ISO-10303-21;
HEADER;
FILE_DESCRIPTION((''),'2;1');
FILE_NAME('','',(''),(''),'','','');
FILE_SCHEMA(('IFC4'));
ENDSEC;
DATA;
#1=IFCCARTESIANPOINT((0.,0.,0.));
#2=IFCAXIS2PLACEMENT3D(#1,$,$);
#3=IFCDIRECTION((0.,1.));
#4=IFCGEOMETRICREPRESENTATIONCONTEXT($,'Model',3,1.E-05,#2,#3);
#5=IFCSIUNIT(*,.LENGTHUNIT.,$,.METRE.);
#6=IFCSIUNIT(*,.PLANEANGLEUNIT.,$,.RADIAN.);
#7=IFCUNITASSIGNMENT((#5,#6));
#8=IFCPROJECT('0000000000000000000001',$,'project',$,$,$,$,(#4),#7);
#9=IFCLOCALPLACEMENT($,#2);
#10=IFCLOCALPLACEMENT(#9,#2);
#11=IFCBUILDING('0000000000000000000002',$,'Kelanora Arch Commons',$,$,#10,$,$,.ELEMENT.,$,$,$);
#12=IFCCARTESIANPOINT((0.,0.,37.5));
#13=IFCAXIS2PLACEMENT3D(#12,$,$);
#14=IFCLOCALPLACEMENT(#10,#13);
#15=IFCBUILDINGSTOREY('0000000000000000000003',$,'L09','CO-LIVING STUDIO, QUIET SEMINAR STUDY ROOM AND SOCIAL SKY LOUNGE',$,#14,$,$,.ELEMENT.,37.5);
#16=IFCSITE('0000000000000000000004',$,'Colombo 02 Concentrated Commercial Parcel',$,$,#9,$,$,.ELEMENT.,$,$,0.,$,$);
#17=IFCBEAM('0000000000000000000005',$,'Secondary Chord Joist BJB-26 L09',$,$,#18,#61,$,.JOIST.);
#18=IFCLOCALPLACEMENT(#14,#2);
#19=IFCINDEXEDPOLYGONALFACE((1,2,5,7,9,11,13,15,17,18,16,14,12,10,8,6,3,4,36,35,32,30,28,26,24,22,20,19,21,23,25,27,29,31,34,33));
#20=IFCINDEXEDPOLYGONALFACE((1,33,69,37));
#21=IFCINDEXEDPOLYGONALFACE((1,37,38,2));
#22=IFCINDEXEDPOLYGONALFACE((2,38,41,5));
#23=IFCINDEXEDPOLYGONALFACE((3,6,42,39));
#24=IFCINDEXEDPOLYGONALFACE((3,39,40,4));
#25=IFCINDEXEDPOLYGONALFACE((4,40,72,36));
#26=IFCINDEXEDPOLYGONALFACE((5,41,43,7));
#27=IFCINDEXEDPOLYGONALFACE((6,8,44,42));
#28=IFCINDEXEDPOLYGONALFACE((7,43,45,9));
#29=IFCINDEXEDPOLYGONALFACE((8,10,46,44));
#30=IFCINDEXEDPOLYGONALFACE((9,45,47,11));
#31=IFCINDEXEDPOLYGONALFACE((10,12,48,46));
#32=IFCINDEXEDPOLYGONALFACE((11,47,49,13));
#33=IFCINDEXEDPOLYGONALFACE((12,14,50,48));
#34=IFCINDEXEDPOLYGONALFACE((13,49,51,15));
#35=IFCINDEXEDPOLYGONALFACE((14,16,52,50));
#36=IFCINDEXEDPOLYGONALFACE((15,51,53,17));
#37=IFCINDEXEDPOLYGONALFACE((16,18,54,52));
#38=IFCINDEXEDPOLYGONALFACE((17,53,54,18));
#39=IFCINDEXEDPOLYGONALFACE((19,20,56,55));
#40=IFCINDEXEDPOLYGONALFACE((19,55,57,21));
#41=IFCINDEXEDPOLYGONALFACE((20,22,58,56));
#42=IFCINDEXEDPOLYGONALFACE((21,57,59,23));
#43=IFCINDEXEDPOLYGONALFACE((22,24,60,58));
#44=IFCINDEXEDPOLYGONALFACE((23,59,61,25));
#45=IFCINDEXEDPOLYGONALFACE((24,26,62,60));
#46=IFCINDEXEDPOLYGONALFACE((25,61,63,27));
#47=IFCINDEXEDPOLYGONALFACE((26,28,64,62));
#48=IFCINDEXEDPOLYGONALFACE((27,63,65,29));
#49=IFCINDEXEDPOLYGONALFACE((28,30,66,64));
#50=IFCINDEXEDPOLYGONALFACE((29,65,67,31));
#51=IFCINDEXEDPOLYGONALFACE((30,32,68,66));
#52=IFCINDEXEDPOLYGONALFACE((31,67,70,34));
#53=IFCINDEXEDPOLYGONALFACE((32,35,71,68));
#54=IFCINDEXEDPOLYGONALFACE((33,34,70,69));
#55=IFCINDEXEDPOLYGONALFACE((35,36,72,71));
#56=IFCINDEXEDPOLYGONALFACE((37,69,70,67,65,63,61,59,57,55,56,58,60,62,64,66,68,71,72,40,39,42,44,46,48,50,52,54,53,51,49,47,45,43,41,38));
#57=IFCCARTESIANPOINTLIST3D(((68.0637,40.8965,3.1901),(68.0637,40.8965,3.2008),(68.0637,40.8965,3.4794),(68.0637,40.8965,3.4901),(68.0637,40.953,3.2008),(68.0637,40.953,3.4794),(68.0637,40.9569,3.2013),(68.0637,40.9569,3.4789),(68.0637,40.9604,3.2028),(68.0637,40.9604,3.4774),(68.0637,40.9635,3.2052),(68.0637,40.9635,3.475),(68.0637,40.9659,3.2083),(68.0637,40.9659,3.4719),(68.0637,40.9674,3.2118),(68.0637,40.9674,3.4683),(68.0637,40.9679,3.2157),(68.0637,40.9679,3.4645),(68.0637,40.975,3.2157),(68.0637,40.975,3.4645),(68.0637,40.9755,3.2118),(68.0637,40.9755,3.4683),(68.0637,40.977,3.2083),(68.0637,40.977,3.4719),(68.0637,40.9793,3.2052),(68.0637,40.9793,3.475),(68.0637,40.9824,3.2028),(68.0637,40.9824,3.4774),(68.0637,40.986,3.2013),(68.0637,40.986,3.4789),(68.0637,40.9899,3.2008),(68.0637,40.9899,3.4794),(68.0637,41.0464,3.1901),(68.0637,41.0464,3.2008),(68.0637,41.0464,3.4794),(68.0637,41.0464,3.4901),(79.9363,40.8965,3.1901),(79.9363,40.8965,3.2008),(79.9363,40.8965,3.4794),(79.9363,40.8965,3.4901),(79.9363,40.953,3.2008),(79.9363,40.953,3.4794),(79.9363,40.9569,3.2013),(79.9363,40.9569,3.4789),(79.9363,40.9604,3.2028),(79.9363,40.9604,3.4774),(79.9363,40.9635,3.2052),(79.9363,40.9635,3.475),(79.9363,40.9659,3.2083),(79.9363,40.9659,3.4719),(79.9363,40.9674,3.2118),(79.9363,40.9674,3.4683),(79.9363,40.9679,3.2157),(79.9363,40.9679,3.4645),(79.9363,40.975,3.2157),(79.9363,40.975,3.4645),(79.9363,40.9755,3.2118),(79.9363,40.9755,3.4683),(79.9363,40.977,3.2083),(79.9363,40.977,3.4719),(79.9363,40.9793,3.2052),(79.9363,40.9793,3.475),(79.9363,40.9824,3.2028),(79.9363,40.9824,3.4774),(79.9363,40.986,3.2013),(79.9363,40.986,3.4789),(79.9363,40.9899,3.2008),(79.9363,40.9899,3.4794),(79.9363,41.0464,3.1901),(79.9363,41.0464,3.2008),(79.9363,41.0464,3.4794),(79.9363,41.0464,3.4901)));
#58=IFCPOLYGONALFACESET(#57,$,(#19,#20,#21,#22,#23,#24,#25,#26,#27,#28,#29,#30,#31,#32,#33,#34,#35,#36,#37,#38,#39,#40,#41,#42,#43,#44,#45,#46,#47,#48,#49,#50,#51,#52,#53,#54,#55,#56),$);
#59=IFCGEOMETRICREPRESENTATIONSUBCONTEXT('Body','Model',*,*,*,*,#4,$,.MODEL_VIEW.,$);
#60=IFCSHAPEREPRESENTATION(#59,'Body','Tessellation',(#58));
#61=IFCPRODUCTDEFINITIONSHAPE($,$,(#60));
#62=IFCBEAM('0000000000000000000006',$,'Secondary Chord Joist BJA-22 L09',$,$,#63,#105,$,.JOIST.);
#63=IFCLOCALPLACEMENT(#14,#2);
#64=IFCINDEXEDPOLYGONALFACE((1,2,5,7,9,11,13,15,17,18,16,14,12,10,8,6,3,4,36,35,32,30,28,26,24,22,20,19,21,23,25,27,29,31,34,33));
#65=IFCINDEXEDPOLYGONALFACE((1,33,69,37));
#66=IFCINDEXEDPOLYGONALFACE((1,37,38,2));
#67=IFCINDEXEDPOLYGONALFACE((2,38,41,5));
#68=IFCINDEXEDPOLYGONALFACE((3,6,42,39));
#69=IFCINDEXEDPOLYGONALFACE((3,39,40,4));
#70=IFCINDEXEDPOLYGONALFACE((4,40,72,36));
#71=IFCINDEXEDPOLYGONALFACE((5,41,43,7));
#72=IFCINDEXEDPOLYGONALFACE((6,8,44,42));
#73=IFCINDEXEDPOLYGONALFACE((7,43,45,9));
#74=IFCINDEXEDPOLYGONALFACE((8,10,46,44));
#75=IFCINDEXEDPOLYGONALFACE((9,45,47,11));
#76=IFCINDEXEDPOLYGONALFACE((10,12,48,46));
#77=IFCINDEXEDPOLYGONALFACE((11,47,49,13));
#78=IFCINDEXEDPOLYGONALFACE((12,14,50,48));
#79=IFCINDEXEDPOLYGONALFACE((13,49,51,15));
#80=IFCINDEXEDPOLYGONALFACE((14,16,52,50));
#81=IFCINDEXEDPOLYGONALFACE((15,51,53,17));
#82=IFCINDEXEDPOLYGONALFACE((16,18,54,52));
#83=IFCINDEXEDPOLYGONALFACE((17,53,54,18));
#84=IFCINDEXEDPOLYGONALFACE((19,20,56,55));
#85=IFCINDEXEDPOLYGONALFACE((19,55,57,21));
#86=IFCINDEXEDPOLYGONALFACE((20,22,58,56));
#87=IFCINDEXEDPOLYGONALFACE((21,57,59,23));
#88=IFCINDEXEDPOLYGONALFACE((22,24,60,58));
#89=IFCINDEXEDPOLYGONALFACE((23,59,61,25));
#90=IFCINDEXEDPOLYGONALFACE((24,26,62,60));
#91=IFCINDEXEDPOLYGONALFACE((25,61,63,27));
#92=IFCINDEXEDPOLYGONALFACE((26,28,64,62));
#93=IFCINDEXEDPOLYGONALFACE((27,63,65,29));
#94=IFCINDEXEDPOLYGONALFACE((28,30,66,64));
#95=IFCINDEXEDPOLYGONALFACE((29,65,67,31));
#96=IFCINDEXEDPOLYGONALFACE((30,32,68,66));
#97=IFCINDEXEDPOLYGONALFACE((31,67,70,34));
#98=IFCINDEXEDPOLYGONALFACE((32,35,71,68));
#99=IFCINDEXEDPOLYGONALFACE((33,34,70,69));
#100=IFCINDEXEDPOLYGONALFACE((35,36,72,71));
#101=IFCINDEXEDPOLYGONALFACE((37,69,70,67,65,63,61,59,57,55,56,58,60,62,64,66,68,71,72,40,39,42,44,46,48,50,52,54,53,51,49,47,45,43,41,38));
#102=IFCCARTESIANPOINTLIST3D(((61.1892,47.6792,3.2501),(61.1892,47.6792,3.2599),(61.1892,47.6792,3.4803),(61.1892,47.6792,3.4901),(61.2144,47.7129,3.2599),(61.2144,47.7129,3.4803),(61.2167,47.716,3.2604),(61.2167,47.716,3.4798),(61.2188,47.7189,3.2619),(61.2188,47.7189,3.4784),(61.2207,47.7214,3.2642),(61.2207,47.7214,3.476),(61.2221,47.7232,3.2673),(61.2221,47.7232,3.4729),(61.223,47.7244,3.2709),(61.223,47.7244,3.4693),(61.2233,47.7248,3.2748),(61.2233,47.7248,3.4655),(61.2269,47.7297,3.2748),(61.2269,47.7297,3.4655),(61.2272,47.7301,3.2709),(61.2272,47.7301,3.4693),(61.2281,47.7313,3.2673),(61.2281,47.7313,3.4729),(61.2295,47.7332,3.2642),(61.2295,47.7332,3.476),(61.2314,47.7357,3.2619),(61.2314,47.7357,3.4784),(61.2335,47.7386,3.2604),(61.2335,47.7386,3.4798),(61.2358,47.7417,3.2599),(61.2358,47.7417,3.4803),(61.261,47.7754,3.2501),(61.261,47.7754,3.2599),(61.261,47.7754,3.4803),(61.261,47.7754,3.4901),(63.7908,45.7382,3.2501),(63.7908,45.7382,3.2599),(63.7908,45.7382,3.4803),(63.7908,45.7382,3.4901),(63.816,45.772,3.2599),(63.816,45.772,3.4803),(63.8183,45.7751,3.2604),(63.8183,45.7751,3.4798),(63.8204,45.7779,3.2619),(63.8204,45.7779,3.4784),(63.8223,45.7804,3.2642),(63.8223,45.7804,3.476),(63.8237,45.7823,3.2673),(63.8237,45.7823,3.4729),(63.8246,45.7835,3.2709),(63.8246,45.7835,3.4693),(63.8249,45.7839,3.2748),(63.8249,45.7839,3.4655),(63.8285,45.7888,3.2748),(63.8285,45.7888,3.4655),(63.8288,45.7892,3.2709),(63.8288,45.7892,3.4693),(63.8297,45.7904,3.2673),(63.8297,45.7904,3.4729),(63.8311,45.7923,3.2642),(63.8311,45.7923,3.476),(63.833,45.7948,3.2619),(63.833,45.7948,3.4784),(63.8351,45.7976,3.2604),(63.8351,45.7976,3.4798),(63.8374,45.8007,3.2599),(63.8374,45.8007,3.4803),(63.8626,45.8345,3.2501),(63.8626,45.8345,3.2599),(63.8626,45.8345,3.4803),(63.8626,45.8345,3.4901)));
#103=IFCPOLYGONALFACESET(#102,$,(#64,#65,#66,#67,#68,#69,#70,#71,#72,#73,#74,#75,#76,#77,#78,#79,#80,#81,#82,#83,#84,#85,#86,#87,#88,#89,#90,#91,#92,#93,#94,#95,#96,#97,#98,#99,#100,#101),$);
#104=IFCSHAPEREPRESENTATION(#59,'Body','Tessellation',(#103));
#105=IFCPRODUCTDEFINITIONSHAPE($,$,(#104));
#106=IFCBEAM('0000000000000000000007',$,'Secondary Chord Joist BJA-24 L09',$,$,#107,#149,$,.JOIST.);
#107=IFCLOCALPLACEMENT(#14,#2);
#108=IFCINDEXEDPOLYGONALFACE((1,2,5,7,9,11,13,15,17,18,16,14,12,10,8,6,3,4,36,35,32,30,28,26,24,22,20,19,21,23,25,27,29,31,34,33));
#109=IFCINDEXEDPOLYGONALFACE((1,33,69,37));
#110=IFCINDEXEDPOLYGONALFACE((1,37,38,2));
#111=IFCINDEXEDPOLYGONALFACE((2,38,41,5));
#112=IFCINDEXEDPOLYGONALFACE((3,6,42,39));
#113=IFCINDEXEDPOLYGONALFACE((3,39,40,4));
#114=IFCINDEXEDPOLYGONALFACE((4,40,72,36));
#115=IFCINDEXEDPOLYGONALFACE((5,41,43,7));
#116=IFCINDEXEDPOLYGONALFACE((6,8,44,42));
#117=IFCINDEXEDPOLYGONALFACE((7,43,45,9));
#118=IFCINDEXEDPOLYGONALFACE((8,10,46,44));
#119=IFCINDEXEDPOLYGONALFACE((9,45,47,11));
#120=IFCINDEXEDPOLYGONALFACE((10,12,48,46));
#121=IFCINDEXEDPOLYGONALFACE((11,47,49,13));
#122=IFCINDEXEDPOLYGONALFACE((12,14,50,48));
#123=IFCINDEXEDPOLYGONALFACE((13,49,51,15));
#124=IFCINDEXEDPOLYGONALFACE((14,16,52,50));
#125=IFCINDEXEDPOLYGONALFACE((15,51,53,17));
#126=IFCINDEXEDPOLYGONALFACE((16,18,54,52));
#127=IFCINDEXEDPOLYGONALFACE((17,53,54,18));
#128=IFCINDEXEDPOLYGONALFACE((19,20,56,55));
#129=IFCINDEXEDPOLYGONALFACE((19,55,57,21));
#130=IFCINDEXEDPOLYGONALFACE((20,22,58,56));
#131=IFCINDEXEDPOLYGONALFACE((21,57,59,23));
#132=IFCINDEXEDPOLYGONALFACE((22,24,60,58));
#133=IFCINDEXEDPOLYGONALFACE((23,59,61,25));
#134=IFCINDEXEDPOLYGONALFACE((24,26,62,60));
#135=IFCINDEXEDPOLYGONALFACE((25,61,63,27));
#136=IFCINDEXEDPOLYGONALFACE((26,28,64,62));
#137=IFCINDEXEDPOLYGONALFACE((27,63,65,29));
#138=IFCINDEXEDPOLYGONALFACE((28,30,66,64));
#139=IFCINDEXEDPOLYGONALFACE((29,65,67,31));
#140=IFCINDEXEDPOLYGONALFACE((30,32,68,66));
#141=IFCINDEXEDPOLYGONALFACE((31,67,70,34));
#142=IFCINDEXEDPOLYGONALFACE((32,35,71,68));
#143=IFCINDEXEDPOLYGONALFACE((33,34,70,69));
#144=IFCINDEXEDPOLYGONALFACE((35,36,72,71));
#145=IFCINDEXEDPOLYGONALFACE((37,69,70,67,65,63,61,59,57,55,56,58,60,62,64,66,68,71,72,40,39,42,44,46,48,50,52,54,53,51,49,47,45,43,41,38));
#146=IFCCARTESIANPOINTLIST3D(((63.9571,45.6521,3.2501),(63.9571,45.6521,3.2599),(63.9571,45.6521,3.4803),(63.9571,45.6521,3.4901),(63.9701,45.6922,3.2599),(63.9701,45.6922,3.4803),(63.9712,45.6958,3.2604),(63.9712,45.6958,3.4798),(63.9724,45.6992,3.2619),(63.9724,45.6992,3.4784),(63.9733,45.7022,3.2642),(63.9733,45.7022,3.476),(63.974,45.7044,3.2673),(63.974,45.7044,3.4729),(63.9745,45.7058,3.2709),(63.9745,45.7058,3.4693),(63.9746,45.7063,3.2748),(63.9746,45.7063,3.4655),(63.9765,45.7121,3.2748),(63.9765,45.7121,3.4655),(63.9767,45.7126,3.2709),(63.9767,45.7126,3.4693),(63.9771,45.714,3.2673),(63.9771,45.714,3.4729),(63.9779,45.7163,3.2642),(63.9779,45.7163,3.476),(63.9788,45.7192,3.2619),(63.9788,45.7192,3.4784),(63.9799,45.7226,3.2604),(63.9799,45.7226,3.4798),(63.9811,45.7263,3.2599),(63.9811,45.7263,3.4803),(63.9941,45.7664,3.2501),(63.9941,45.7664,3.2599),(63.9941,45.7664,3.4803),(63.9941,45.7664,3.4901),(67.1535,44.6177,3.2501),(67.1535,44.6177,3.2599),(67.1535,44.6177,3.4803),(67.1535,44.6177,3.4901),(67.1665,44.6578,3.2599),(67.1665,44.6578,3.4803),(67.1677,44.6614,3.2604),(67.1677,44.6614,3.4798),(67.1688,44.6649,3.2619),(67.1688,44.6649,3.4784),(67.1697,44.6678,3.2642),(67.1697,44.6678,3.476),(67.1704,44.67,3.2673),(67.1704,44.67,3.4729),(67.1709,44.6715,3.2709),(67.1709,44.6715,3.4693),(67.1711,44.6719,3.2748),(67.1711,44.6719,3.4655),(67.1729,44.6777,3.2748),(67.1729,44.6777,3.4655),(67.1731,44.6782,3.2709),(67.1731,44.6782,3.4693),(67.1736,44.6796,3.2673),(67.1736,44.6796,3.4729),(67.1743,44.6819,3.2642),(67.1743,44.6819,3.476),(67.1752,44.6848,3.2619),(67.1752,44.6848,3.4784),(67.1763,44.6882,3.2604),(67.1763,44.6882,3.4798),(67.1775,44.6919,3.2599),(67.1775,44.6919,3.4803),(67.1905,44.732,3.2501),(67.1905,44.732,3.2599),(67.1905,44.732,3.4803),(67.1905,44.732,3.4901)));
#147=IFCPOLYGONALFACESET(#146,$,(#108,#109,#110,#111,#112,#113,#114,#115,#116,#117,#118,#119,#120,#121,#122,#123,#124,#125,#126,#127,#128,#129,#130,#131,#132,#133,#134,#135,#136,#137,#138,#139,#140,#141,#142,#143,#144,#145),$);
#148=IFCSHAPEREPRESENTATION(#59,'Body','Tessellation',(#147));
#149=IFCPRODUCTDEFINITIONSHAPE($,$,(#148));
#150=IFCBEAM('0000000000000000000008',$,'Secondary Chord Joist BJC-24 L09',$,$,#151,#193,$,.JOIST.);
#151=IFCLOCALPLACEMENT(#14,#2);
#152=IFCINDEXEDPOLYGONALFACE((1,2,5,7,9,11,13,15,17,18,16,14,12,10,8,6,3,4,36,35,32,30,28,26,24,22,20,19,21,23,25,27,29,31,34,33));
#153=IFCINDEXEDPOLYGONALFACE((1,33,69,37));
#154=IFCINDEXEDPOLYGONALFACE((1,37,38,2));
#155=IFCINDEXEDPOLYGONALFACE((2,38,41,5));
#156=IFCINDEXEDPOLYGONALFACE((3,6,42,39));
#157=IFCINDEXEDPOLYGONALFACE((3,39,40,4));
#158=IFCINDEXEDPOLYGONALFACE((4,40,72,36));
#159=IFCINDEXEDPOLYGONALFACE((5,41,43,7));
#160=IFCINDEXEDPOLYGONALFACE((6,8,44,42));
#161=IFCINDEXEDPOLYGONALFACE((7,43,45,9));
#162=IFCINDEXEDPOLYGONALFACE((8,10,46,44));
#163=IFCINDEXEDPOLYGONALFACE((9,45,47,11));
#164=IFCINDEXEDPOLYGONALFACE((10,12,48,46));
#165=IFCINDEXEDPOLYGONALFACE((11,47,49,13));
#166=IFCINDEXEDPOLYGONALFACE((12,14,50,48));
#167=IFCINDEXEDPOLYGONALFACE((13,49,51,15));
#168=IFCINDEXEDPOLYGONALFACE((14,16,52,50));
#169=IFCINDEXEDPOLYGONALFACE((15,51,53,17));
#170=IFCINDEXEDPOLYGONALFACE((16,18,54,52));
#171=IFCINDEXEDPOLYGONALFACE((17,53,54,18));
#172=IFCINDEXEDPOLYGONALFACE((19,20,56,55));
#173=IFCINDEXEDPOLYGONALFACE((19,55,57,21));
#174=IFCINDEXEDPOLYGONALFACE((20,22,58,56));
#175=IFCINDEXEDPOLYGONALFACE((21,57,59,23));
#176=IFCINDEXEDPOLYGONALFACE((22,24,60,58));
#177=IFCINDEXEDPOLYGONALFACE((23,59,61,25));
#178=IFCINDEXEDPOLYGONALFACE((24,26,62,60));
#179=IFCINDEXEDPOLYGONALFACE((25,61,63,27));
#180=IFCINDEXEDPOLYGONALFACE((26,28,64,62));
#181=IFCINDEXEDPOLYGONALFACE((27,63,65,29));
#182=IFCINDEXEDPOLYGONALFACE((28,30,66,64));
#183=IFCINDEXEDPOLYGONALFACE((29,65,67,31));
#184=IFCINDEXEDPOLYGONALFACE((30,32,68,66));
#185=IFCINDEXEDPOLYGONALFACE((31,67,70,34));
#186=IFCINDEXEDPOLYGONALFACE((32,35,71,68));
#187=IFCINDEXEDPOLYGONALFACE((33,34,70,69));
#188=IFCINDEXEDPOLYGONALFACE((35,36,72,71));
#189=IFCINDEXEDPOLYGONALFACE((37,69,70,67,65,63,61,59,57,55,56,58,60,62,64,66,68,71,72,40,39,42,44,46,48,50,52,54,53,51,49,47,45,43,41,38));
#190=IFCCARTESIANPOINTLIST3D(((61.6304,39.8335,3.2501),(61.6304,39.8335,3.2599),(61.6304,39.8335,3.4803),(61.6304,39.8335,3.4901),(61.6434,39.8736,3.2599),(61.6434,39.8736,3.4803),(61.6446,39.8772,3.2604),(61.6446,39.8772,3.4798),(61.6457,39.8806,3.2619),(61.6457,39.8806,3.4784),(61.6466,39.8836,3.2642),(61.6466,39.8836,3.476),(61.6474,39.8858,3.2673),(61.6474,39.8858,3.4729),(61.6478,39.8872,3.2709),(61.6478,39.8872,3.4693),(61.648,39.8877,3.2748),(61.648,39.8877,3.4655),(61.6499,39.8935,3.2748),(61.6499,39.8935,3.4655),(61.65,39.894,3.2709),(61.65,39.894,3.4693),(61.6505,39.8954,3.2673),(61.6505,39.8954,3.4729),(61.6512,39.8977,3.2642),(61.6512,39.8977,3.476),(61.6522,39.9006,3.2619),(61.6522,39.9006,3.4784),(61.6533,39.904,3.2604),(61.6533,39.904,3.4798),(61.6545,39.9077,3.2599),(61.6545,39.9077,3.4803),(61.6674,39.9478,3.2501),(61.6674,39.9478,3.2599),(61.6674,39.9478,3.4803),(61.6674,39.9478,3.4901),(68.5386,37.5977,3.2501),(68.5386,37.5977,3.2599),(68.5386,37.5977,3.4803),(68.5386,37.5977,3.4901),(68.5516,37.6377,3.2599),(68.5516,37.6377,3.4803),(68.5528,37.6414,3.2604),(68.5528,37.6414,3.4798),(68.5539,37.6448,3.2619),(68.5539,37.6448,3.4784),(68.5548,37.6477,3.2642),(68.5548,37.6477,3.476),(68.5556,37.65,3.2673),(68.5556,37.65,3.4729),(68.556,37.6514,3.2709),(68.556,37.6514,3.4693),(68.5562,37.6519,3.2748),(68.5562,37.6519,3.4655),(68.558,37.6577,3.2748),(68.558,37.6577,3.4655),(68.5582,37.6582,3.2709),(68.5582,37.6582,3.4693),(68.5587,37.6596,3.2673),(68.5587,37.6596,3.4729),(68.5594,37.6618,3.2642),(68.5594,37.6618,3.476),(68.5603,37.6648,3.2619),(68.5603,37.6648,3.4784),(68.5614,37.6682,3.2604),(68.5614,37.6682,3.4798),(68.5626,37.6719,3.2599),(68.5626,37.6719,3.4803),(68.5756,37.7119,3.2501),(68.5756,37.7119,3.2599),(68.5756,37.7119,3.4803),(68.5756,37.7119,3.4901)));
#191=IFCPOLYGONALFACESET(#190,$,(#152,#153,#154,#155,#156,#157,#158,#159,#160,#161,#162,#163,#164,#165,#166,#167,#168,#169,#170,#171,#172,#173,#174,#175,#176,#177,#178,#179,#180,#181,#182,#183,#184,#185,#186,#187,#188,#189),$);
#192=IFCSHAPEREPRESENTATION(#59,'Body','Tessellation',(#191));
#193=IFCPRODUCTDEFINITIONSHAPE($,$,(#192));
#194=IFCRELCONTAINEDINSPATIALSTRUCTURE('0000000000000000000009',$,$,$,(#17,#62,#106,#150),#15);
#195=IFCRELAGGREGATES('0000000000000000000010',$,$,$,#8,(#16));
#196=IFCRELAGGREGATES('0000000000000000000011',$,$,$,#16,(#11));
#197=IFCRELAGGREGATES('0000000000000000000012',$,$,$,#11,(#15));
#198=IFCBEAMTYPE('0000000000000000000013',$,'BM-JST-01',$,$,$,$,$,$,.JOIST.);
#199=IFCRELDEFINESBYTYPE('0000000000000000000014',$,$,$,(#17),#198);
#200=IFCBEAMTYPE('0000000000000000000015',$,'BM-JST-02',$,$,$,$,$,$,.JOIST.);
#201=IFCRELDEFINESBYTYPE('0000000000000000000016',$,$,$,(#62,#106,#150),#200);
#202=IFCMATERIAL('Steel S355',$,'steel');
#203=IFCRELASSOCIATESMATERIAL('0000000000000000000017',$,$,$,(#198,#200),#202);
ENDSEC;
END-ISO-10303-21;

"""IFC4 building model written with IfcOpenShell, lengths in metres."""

from ifc_helpers import new_model, si_unit, direction, frame, origin, origin_2d, place, context, subcontext, project, spatial, i_section, extrude, material, material_profile, profile_set, type_object, element, save


model = new_model("IFC4")

# Units and contexts
model_context = context("Model", 3, precision=1e-05, world=origin(), true_north=direction((0.0, 1.0)))
body_context = subcontext(model_context, "Body", "Model", "MODEL_VIEW")
ifc_project = project(units=[si_unit("LENGTHUNIT", "METRE"), si_unit("PLANEANGLEUNIT", "RADIAN")], contexts=[model_context])

# Site, building, storey
site_placement = place(None, origin())
site = spatial("IfcSite", under=ifc_project, at=site_placement, Name="Colombo 02 Concentrated Commercial Parcel", CompositionType="ELEMENT", RefElevation=0.0)
building_placement = place(site_placement, origin())
building = spatial("IfcBuilding", under=site, at=building_placement, Name="Kelanora Arch Commons", CompositionType="ELEMENT")
storey_placement = place(building_placement, frame((0.0, 0.0, 37.5)))
storey = spatial("IfcBuildingStorey", under=building, at=storey_placement, Name="L09", Description="CO-LIVING STUDIO, QUIET SEMINAR STUDY ROOM AND SOCIAL SKY LOUNGE", CompositionType="ELEMENT", Elevation=37.5)

# Beams
ifc_material_1 = material(Name="Steel S355", Category="steel")
ifc_material_profile_1 = material_profile(ifc_material_1, i_section(OverallWidth=0.1499, OverallDepth=0.3, WebThickness=0.0071, FlangeThickness=0.0107, FilletRadius=0.0149, at=origin_2d()), Name="IPE300")
ifc_profile_set_1 = profile_set([ifc_material_profile_1], Name="Steel S355")
beam_type_1 = type_object("IfcBeamType", Name="BM-JST-01", PredefinedType="JOIST", material=ifc_profile_set_1)
beam_1_placement = place(storey_placement, frame((68.0637, 40.9714, 3.3401), z_axis=(1.0, 0.0, 0.0), x_axis=(0.0, 1.0, 0.0)))
element("IfcBeam", 1, at=beam_1_placement, inside=storey, type_object=beam_type_1, Name="Secondary Chord Joist BJB-26 L09", PredefinedType="JOIST", context=body_context, shape_type="SweptSolid", body=[
    extrude(i_section(OverallWidth=0.1499, OverallDepth=0.3, WebThickness=0.0071, FlangeThickness=0.0107, FilletRadius=0.0149, at=origin_2d()), origin(), (0.0, 0.0, 1.0), 11.8726),
])
ifc_material_profile_2 = material_profile(ifc_material_1, i_section(OverallWidth=0.1201, OverallDepth=0.24, WebThickness=0.0061, FlangeThickness=0.0098, FilletRadius=0.0149, at=origin_2d()), Name="IPE240")
ifc_profile_set_2 = profile_set([ifc_material_profile_2], Name="Steel S355")
beam_type_2 = type_object("IfcBeamType", Name="BM-JST-02", PredefinedType="JOIST", material=ifc_profile_set_2)
beam_2_placement = place(storey_placement, frame((61.2251, 47.7273, 3.3701), z_axis=(0.801514, -0.597976, 0.0), x_axis=(0.597976, 0.801514, 0.0)))
element("IfcBeam", 2, at=beam_2_placement, inside=storey, type_object=beam_type_2, Name="Secondary Chord Joist BJA-22 L09", PredefinedType="JOIST", context=body_context, shape_type="SweptSolid", body=[
    extrude(i_section(OverallWidth=0.1201, OverallDepth=0.24, WebThickness=0.0061, FlangeThickness=0.0098, FilletRadius=0.0149, at=origin_2d()), origin(), (0.0, 0.0, 1.0), 3.2458),
])
beam_3_placement = place(storey_placement, frame((63.9756, 45.7092, 3.3701), z_axis=(0.951423, -0.307888, 0.0), x_axis=(0.307888, 0.951423, 0.0)))
element("IfcBeam", 3, at=beam_3_placement, inside=storey, type_object=beam_type_2, Name="Secondary Chord Joist BJA-24 L09", PredefinedType="JOIST", context=body_context, shape_type="SweptSolid", body=[
    extrude(i_section(OverallWidth=0.1201, OverallDepth=0.24, WebThickness=0.0061, FlangeThickness=0.0098, FilletRadius=0.0149, at=origin_2d()), origin(), (0.0, 0.0, 1.0), 3.3596),
])
beam_4_placement = place(storey_placement, frame((61.6489, 39.8906, 3.3701), z_axis=(0.951411, -0.307924, 0.0), x_axis=(0.307924, 0.951411, 0.0)))
element("IfcBeam", 4, at=beam_4_placement, inside=storey, type_object=beam_type_2, Name="Secondary Chord Joist BJC-24 L09", PredefinedType="JOIST", context=body_context, shape_type="SweptSolid", body=[
    extrude(i_section(OverallWidth=0.1201, OverallDepth=0.24, WebThickness=0.0061, FlangeThickness=0.0098, FilletRadius=0.0149, at=origin_2d()), origin(), (0.0, 0.0, 1.0), 7.261),
])

save(model, "model.ifc")
